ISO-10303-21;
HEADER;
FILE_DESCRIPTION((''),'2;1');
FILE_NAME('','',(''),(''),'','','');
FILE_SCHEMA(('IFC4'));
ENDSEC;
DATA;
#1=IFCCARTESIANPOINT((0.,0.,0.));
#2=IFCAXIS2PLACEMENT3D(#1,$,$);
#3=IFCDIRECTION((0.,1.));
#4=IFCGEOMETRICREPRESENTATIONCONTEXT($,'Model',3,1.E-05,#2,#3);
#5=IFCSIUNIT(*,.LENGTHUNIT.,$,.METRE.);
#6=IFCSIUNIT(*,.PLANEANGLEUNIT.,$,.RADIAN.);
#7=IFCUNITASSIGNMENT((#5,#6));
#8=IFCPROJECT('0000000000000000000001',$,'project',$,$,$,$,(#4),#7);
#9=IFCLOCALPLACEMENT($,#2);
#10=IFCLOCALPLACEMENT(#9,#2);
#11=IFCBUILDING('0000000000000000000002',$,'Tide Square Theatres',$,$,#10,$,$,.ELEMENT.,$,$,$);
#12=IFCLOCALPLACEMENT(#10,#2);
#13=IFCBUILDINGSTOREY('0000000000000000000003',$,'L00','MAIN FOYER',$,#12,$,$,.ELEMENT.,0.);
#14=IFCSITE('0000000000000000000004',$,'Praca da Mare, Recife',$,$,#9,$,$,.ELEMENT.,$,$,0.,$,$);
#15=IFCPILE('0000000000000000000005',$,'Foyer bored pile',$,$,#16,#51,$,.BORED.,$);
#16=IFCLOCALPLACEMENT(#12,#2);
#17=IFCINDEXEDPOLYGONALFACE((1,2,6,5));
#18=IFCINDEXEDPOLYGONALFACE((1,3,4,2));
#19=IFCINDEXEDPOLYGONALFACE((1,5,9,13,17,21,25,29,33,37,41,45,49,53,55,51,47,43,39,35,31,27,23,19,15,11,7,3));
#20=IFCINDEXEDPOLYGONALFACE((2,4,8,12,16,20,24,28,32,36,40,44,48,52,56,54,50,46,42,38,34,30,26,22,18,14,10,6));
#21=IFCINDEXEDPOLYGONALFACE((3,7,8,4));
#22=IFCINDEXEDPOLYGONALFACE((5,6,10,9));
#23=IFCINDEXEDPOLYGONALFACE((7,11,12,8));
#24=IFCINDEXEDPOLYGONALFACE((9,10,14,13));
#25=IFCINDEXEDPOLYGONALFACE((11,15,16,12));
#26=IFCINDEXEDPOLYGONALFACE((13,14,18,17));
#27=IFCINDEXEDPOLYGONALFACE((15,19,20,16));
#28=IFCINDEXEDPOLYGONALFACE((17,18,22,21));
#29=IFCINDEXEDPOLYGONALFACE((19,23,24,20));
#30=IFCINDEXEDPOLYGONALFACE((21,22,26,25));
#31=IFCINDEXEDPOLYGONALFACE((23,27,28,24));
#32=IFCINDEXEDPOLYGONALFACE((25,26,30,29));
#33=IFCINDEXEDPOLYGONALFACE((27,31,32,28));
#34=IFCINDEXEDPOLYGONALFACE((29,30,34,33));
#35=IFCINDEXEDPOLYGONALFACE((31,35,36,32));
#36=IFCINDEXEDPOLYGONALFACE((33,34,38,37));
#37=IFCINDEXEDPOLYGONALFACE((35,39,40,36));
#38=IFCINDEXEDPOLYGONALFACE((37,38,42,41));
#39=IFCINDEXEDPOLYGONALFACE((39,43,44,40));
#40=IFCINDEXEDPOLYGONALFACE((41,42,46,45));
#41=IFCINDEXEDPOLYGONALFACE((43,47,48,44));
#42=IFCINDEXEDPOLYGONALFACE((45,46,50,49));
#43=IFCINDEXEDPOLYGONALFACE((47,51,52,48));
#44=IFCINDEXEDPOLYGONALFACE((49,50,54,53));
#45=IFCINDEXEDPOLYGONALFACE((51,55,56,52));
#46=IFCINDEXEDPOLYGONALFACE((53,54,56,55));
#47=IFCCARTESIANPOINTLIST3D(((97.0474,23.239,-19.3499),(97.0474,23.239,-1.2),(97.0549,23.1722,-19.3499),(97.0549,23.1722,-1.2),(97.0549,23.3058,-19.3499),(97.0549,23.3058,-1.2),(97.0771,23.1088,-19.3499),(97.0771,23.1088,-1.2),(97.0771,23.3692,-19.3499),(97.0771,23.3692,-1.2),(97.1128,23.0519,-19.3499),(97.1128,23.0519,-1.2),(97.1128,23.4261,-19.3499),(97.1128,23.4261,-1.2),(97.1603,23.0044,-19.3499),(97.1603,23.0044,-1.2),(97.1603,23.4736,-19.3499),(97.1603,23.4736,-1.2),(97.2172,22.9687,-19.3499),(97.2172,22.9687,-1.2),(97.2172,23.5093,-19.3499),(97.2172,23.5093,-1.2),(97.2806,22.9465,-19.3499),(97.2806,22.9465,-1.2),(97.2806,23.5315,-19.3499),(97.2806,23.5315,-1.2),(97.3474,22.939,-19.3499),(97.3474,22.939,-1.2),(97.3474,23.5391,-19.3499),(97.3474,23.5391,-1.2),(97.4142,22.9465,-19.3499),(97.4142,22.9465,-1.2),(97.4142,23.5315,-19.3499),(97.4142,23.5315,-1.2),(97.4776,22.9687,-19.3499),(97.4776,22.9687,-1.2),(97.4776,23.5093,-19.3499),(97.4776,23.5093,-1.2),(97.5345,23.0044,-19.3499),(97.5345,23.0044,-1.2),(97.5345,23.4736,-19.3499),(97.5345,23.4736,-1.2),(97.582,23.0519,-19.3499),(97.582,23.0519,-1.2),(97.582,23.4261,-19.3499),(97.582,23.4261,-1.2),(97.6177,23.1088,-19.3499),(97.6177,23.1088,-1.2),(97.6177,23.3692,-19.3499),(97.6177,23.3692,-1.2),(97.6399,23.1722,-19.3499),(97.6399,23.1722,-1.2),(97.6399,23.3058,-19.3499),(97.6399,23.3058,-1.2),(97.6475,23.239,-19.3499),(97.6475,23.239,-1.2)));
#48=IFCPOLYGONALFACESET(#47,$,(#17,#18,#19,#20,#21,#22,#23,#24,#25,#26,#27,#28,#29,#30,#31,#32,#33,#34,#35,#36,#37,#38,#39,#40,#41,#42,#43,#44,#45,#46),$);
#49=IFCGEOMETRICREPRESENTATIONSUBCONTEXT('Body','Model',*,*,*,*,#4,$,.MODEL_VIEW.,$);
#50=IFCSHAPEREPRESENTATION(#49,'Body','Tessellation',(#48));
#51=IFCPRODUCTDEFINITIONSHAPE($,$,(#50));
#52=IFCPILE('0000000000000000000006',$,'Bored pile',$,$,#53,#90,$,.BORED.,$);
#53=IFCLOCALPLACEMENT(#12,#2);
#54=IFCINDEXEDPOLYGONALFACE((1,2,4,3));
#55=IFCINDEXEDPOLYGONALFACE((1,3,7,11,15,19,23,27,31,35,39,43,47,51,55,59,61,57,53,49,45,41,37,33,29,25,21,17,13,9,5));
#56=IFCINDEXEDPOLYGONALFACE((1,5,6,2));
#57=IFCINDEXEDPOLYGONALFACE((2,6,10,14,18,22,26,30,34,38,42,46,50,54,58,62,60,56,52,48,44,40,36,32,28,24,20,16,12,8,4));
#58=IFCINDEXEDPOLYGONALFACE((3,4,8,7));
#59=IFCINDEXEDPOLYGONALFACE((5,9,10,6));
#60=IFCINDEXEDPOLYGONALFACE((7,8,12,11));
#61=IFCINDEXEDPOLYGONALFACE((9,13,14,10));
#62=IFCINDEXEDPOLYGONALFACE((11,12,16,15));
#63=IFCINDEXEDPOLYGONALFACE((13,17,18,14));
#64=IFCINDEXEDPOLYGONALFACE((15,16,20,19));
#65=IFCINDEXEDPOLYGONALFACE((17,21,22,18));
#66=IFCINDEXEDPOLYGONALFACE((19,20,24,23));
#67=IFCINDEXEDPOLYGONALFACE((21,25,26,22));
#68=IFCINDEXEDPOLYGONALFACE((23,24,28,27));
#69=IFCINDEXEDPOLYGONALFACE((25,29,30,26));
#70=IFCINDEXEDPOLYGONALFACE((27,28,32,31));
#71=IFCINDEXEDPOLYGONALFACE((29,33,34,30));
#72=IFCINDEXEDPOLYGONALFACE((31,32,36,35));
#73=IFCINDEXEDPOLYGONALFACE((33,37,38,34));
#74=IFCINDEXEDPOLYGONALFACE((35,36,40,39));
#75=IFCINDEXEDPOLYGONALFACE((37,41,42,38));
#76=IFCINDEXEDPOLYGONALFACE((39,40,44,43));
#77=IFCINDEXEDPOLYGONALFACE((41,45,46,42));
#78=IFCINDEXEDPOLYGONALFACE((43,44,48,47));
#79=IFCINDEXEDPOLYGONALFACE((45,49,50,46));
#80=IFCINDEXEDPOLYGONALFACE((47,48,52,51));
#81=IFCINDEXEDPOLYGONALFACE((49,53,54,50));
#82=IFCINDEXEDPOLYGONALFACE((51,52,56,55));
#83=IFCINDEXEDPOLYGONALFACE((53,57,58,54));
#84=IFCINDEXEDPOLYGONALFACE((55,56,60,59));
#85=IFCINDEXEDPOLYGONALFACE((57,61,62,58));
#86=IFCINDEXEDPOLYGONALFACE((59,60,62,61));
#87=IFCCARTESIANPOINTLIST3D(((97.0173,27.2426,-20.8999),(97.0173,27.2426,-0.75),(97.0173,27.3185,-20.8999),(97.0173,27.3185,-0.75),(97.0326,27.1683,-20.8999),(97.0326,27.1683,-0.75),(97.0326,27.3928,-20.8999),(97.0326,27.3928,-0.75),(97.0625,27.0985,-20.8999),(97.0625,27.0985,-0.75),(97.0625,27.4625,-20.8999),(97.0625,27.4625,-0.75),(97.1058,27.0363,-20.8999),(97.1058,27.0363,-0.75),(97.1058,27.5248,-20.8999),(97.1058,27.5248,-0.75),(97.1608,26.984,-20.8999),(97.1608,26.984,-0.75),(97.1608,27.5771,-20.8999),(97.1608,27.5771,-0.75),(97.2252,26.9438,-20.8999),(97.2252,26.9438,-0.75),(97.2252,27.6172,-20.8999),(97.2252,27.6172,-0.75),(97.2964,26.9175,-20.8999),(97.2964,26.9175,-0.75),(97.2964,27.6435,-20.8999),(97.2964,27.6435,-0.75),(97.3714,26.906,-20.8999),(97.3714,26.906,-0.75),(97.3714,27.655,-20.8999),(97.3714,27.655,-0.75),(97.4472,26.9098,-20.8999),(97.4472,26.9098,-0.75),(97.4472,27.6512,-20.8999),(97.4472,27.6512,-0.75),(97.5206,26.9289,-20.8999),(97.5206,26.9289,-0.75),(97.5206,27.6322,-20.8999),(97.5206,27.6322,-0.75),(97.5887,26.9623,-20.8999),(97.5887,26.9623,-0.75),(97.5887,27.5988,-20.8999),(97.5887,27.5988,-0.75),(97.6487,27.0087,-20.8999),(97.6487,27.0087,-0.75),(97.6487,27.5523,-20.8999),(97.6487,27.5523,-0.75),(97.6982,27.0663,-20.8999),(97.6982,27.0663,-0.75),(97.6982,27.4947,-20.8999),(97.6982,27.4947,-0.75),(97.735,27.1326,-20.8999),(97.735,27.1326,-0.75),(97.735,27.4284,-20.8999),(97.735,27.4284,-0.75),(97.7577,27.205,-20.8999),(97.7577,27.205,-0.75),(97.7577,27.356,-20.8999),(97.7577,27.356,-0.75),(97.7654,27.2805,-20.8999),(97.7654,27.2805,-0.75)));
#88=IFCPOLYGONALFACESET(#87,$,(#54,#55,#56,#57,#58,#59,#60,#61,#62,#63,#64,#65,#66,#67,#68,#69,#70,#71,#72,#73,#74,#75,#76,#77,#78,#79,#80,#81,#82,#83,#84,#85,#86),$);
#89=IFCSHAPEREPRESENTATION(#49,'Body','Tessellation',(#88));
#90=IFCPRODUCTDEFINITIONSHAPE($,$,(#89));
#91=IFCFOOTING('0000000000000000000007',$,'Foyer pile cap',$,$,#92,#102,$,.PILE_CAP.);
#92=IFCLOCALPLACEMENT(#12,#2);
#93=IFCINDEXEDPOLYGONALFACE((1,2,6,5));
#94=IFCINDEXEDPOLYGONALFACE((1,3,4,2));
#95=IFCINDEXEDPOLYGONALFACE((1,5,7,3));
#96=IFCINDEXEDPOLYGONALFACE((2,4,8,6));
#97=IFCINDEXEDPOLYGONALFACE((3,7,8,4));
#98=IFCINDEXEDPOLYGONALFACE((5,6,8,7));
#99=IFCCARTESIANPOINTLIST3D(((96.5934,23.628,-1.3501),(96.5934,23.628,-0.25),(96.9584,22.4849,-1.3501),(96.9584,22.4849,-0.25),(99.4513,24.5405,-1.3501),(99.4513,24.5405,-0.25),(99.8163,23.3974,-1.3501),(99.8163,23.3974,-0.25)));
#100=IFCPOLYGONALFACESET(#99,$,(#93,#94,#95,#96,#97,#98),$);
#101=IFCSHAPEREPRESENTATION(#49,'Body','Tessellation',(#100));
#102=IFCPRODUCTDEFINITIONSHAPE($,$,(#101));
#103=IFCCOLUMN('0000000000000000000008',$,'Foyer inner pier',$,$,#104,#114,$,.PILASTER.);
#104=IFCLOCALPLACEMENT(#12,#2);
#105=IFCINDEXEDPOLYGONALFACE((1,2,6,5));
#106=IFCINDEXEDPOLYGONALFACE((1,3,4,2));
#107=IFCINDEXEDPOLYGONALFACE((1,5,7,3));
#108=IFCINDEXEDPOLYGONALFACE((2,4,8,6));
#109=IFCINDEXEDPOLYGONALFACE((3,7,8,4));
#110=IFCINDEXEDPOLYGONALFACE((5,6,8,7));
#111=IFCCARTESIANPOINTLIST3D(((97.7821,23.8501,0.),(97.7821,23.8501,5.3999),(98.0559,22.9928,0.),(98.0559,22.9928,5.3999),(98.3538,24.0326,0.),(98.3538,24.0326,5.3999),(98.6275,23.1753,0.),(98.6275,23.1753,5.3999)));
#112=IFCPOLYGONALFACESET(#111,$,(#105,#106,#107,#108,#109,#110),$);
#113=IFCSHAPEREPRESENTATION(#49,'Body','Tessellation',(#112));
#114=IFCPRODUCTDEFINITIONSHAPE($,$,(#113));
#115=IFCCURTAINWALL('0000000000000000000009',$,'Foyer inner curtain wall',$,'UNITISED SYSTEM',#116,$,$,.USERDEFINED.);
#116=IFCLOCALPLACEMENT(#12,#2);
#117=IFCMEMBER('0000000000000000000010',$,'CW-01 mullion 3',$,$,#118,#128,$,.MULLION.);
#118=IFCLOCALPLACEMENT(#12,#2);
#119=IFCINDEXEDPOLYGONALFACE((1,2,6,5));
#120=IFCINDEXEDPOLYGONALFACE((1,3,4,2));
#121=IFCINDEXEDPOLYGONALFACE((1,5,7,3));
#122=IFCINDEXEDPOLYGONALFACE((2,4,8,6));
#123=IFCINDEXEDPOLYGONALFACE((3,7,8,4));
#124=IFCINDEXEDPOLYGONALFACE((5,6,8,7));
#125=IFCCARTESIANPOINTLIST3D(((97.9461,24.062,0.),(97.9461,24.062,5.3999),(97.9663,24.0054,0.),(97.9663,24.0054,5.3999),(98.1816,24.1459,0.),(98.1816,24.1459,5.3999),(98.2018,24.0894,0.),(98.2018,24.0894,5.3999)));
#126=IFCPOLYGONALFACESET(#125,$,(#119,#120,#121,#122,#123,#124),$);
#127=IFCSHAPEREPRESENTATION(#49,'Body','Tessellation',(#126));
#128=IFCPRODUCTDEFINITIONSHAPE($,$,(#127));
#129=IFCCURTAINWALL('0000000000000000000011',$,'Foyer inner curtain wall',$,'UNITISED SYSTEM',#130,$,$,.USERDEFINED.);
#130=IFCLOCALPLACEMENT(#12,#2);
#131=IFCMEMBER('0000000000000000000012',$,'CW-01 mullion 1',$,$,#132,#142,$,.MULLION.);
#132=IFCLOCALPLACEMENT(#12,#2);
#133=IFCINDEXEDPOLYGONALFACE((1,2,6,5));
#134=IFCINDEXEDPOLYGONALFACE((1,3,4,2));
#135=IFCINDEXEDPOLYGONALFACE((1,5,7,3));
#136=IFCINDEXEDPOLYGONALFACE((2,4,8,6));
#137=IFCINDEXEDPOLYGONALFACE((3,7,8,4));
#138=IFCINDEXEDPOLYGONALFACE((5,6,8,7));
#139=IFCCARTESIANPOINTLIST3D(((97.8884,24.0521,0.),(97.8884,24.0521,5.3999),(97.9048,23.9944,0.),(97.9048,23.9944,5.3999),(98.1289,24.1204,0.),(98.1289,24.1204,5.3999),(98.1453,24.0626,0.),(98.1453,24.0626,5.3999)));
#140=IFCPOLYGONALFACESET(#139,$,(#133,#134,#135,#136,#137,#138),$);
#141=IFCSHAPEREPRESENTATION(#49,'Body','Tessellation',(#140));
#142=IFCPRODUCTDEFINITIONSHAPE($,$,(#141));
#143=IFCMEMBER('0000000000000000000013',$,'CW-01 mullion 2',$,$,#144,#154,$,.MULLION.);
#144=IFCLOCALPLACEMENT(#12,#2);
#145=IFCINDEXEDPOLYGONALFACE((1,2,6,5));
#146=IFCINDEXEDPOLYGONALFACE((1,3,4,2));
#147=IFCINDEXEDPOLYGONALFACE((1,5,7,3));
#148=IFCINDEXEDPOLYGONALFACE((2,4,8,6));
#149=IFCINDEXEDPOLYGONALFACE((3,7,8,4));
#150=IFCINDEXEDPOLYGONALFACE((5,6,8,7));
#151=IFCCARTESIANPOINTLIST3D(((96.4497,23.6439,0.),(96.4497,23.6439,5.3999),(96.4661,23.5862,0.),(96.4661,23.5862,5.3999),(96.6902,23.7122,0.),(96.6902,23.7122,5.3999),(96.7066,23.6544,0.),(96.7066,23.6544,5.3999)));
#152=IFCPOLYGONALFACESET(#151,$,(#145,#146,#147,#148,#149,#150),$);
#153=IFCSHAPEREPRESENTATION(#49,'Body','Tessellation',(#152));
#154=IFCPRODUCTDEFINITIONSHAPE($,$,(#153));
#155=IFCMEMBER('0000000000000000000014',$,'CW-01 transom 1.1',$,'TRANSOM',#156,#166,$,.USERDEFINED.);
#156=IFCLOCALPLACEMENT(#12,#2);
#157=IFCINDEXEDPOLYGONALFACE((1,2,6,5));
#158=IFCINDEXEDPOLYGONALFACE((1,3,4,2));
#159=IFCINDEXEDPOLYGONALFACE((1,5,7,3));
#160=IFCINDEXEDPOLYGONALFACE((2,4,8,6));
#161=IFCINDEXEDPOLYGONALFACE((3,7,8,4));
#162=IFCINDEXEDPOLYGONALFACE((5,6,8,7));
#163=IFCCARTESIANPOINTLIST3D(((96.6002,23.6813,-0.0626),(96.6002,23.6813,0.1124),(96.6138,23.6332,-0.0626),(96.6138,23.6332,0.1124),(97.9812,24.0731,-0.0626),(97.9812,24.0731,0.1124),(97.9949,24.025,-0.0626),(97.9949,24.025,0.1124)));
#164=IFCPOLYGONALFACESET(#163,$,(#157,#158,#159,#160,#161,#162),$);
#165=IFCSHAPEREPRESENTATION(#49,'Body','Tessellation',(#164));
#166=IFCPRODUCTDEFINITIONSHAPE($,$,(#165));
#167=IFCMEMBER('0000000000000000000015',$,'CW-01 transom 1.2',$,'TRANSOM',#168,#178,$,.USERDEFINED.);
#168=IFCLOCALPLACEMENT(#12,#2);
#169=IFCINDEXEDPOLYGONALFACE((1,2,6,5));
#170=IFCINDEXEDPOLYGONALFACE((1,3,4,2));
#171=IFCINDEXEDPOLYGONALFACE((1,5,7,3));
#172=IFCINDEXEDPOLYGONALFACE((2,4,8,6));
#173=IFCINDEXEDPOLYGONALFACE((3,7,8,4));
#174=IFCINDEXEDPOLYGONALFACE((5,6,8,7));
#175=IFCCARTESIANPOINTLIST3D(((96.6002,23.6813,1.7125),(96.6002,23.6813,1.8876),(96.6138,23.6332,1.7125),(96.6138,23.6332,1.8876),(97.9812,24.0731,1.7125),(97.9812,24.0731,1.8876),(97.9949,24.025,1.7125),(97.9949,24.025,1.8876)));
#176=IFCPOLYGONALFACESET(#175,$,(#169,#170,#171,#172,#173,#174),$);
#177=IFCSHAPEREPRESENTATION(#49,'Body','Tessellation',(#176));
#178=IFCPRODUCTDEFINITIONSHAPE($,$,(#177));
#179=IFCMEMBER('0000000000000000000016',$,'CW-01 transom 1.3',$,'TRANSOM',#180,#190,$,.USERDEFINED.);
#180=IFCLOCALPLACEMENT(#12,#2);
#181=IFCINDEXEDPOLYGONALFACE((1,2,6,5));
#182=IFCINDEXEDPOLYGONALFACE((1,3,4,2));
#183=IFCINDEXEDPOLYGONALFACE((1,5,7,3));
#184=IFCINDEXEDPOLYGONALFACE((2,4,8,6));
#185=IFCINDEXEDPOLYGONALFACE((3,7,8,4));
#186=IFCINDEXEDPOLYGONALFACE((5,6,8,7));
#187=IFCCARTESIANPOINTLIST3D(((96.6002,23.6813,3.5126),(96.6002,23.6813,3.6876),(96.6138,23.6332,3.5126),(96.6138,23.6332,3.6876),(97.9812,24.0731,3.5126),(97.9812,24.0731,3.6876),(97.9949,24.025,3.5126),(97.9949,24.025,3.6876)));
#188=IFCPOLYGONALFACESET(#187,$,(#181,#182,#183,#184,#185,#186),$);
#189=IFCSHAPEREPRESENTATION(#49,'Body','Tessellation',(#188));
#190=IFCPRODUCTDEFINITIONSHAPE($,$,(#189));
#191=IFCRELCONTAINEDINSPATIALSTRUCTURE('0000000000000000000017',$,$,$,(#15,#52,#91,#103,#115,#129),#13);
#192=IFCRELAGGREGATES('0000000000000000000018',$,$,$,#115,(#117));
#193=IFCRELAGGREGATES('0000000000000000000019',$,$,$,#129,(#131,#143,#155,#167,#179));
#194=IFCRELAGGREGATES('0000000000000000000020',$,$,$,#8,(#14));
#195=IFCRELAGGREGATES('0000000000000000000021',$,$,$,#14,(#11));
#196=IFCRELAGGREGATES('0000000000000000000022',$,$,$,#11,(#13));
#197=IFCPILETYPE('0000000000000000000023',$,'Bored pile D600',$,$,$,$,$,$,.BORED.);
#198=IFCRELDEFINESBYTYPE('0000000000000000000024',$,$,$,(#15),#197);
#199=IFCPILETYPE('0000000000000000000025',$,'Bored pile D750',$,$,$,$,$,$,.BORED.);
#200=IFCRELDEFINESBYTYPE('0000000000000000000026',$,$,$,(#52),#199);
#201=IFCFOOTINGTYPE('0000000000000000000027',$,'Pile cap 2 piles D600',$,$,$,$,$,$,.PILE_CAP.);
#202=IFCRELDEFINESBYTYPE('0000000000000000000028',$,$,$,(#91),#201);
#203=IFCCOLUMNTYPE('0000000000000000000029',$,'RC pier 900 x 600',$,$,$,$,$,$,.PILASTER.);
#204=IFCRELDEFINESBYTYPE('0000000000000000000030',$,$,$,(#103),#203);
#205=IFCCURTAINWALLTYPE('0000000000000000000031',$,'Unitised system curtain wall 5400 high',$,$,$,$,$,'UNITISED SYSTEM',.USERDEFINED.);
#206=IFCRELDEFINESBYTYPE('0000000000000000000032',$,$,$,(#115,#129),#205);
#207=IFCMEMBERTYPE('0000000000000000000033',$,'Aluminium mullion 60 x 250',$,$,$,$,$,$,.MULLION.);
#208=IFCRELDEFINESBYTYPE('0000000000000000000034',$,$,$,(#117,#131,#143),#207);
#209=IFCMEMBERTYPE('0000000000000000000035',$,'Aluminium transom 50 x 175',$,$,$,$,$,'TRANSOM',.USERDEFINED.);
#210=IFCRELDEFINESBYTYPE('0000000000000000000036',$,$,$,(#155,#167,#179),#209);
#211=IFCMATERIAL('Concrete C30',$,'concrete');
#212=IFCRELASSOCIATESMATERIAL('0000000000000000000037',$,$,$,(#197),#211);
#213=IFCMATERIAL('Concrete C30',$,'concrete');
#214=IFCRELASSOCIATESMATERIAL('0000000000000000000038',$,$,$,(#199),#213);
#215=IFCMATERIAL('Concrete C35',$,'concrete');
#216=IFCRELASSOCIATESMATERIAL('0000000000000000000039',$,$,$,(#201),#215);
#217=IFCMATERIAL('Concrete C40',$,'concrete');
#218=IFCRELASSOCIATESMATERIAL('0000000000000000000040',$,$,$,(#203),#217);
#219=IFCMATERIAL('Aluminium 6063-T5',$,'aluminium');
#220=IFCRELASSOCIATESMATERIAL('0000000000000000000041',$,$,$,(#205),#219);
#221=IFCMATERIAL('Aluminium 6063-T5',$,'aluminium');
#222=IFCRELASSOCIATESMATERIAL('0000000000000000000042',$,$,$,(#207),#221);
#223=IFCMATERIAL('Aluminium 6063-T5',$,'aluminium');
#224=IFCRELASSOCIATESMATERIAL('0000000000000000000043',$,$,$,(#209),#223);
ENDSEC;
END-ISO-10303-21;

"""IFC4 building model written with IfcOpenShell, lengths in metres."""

from ifc_helpers import new_model, si_unit, direction, frame, origin, origin_2d, place, context, subcontext, project, spatial, rectangle, circle, extrude, material, material_profile, profile_set, type_object, element, aggregate, save


model = new_model("IFC4")

# Units and contexts
model_context = context("Model", 3, precision=1e-05, world=origin(), true_north=direction((0.0, 1.0)))
body_context = subcontext(model_context, "Body", "Model", "MODEL_VIEW")
ifc_project = project(units=[si_unit("LENGTHUNIT", "METRE"), si_unit("PLANEANGLEUNIT", "RADIAN")], contexts=[model_context])

# Site, building, storey
site_placement = place(None, origin())
site = spatial("IfcSite", under=ifc_project, at=site_placement, Name="Praca da Mare, Recife", CompositionType="ELEMENT", RefElevation=0.0)
building_placement = place(site_placement, origin())
building = spatial("IfcBuilding", under=site, at=building_placement, Name="Tide Square Theatres", CompositionType="ELEMENT")
storey_placement = place(building_placement, origin())
storey = spatial("IfcBuildingStorey", under=building, at=storey_placement, Name="L00", Description="MAIN FOYER", CompositionType="ELEMENT", Elevation=0.0)

# Piles
ifc_material_1 = material(Name="Concrete C30", Category="concrete")
ifc_material_profile_1 = material_profile(ifc_material_1, circle(Radius=0.3, at=origin_2d()))
ifc_profile_set_1 = profile_set([ifc_material_profile_1], Name="Concrete C30")
pile_type_1 = type_object("IfcPileType", Name="Bored pile D600", PredefinedType="BORED", material=ifc_profile_set_1)
pile_1_placement = place(storey_placement, frame((97.3474, 23.239, -1.2), z_axis=(0.0, 0.0, -1.0), x_axis=(1.0, 0.0, 0.0)))
element("IfcPile", 1, at=pile_1_placement, inside=storey, type_object=pile_type_1, Name="Foyer bored pile", PredefinedType="BORED", context=body_context, shape_type="SweptSolid", body=[
    extrude(circle(Radius=0.3, at=origin_2d()), origin(), (0.0, 0.0, 1.0), 18.1499),
])
ifc_material_2 = material(Name="Concrete C30", Category="concrete")
ifc_material_profile_2 = material_profile(ifc_material_2, circle(Radius=0.375, at=origin_2d()))
ifc_profile_set_2 = profile_set([ifc_material_profile_2], Name="Concrete C30")
pile_type_2 = type_object("IfcPileType", Name="Bored pile D750", PredefinedType="BORED", material=ifc_profile_set_2)
pile_2_placement = place(storey_placement, frame((97.3904, 27.2805, -0.75), z_axis=(0.0, 0.0, -1.0), x_axis=(1.0, 0.0, 0.0)))
element("IfcPile", 2, at=pile_2_placement, inside=storey, type_object=pile_type_2, Name="Bored pile", PredefinedType="BORED", context=body_context, shape_type="SweptSolid", body=[
    extrude(circle(Radius=0.375, at=origin_2d()), origin(), (0.0, 0.0, 1.0), 20.1499),
])

# Footing
ifc_material_3 = material(Name="Concrete C35", Category="concrete")
footing_type = type_object("IfcFootingType", Name="Pile cap 2 piles D600", PredefinedType="PILE_CAP", material=ifc_material_3)
footing_placement = place(storey_placement, frame((98.2048, 23.5127, -1.3501), z_axis=(0.0, 0.0, 1.0), x_axis=(0.952617, 0.304171, 0.0)))
element("IfcFooting", 3, at=footing_placement, inside=storey, type_object=footing_type, Name="Foyer pile cap", PredefinedType="PILE_CAP", context=body_context, shape_type="SweptSolid", body=[
    extrude(rectangle(XDim=3.0, YDim=1.2, at=origin_2d()), origin(), (0.0, 0.0, 1.0), 1.1001),
])

# Column
ifc_material_4 = material(Name="Concrete C40", Category="concrete")
ifc_material_profile_3 = material_profile(ifc_material_4, rectangle(XDim=0.8999, YDim=0.6001, at=origin_2d()))
ifc_profile_set_3 = profile_set([ifc_material_profile_3], Name="Concrete C40")
column_type = type_object("IfcColumnType", Name="RC pier 900 x 600", PredefinedType="PILASTER", material=ifc_profile_set_3)
column_placement = place(storey_placement, frame((98.2048, 23.5127, 0.0), z_axis=(0.0, 0.0, 1.0), x_axis=(0.304171, -0.952617, 0.0)))
element("IfcColumn", 4, at=column_placement, inside=storey, type_object=column_type, Name="Foyer inner pier", PredefinedType="PILASTER", context=body_context, shape_type="SweptSolid", body=[
    extrude(rectangle(XDim=0.8999, YDim=0.6001, at=origin_2d()), origin(), (0.0, 0.0, 1.0), 5.3999),
])

# Curtain wall, member
ifc_material_5 = material(Name="Aluminium 6063-T5", Category="aluminium")
curtain_wall_type = type_object("IfcCurtainWallType", Name="Unitised system curtain wall 5400 high", ElementType="UNITISED SYSTEM", PredefinedType="USERDEFINED", material=ifc_material_5)
curtain_wall_1_placement = place(storey_placement, origin())
curtain_wall_1 = element("IfcCurtainWall", 5, at=curtain_wall_1_placement, inside=storey, type_object=curtain_wall_type, Name="Foyer inner curtain wall", ObjectType="UNITISED SYSTEM", PredefinedType="USERDEFINED")
ifc_material_6 = material(Name="Aluminium 6063-T5", Category="aluminium")
ifc_material_profile_4 = material_profile(ifc_material_6, rectangle(XDim=0.0601, YDim=0.25, at=origin_2d()))
ifc_profile_set_4 = profile_set([ifc_material_profile_4], Name="Aluminium 6063-T5")
member_type_1 = type_object("IfcMemberType", Name="Aluminium mullion 60 x 250", PredefinedType="MULLION", material=ifc_profile_set_4)
member_1_placement = place(storey_placement, frame((98.074, 24.0757, 0.0), z_axis=(0.0, 0.0, 1.0), x_axis=(0.335723, -0.941961, 0.0)))
member_1 = element("IfcMember", 6, at=member_1_placement, type_object=member_type_1, Name="CW-01 mullion 3", PredefinedType="MULLION", context=body_context, shape_type="SweptSolid", body=[
    extrude(rectangle(XDim=0.0601, YDim=0.25, at=origin_2d()), origin(), (0.0, 0.0, 1.0), 5.3999),
])

# Curtain wall, members
curtain_wall_2_placement = place(storey_placement, origin())
curtain_wall_2 = element("IfcCurtainWall", 7, at=curtain_wall_2_placement, inside=storey, type_object=curtain_wall_type, Name="Foyer inner curtain wall", ObjectType="UNITISED SYSTEM", PredefinedType="USERDEFINED")
member_2_placement = place(storey_placement, frame((98.0168, 24.0574, 0.0), z_axis=(0.0, 0.0, 1.0), x_axis=(0.272976, -0.962021, 0.0)))
member_2 = element("IfcMember", 8, at=member_2_placement, type_object=member_type_1, Name="CW-01 mullion 1", PredefinedType="MULLION", context=body_context, shape_type="SweptSolid", body=[
    extrude(rectangle(XDim=0.0601, YDim=0.25, at=origin_2d()), origin(), (0.0, 0.0, 1.0), 5.3999),
])
member_3_placement = place(storey_placement, frame((96.5781, 23.6492, 0.0), z_axis=(0.0, 0.0, 1.0), x_axis=(0.272976, -0.962021, 0.0)))
member_3 = element("IfcMember", 9, at=member_3_placement, type_object=member_type_1, Name="CW-01 mullion 2", PredefinedType="MULLION", context=body_context, shape_type="SweptSolid", body=[
    extrude(rectangle(XDim=0.0601, YDim=0.25, at=origin_2d()), origin(), (0.0, 0.0, 1.0), 5.3999),
])
ifc_material_7 = material(Name="Aluminium 6063-T5", Category="aluminium")
ifc_material_profile_5 = material_profile(ifc_material_7, rectangle(XDim=0.05, YDim=0.175, at=origin_2d()))
ifc_profile_set_5 = profile_set([ifc_material_profile_5], Name="Aluminium 6063-T5")
member_type_2 = type_object("IfcMemberType", Name="Aluminium transom 50 x 175", ElementType="TRANSOM", PredefinedType="USERDEFINED", material=ifc_profile_set_5)
member_4_placement = place(storey_placement, frame((97.988, 24.0491, 0.0249), z_axis=(-0.962029, -0.272946, 0.0), x_axis=(0.272946, -0.962029, 0.0)))
member_4 = element("IfcMember", 10, at=member_4_placement, type_object=member_type_2, Name="CW-01 transom 1.1", ObjectType="TRANSOM", PredefinedType="USERDEFINED", context=body_context, shape_type="SweptSolid", body=[
    extrude(rectangle(XDim=0.05, YDim=0.175, at=origin_2d()), origin(), (0.0, 0.0, 1.0), 1.4355),
])
member_5_placement = place(storey_placement, frame((97.988, 24.0491, 1.8), z_axis=(-0.962029, -0.272946, 0.0), x_axis=(0.272946, -0.962029, 0.0)))
member_5 = element("IfcMember", 11, at=member_5_placement, type_object=member_type_2, Name="CW-01 transom 1.2", ObjectType="TRANSOM", PredefinedType="USERDEFINED", context=body_context, shape_type="SweptSolid", body=[
    extrude(rectangle(XDim=0.05, YDim=0.175, at=origin_2d()), origin(), (0.0, 0.0, 1.0), 1.4355),
])
member_6_placement = place(storey_placement, frame((97.988, 24.0491, 3.6001), z_axis=(-0.962029, -0.272946, 0.0), x_axis=(0.272946, -0.962029, 0.0)))
member_6 = element("IfcMember", 12, at=member_6_placement, type_object=member_type_2, Name="CW-01 transom 1.3", ObjectType="TRANSOM", PredefinedType="USERDEFINED", context=body_context, shape_type="SweptSolid", body=[
    extrude(rectangle(XDim=0.05, YDim=0.175, at=origin_2d()), origin(), (0.0, 0.0, 1.0), 1.4355),
])

aggregate(curtain_wall_1, [member_1])
aggregate(curtain_wall_2, [member_2, member_3, member_4, member_5, member_6])

save(model, "model.ifc")
